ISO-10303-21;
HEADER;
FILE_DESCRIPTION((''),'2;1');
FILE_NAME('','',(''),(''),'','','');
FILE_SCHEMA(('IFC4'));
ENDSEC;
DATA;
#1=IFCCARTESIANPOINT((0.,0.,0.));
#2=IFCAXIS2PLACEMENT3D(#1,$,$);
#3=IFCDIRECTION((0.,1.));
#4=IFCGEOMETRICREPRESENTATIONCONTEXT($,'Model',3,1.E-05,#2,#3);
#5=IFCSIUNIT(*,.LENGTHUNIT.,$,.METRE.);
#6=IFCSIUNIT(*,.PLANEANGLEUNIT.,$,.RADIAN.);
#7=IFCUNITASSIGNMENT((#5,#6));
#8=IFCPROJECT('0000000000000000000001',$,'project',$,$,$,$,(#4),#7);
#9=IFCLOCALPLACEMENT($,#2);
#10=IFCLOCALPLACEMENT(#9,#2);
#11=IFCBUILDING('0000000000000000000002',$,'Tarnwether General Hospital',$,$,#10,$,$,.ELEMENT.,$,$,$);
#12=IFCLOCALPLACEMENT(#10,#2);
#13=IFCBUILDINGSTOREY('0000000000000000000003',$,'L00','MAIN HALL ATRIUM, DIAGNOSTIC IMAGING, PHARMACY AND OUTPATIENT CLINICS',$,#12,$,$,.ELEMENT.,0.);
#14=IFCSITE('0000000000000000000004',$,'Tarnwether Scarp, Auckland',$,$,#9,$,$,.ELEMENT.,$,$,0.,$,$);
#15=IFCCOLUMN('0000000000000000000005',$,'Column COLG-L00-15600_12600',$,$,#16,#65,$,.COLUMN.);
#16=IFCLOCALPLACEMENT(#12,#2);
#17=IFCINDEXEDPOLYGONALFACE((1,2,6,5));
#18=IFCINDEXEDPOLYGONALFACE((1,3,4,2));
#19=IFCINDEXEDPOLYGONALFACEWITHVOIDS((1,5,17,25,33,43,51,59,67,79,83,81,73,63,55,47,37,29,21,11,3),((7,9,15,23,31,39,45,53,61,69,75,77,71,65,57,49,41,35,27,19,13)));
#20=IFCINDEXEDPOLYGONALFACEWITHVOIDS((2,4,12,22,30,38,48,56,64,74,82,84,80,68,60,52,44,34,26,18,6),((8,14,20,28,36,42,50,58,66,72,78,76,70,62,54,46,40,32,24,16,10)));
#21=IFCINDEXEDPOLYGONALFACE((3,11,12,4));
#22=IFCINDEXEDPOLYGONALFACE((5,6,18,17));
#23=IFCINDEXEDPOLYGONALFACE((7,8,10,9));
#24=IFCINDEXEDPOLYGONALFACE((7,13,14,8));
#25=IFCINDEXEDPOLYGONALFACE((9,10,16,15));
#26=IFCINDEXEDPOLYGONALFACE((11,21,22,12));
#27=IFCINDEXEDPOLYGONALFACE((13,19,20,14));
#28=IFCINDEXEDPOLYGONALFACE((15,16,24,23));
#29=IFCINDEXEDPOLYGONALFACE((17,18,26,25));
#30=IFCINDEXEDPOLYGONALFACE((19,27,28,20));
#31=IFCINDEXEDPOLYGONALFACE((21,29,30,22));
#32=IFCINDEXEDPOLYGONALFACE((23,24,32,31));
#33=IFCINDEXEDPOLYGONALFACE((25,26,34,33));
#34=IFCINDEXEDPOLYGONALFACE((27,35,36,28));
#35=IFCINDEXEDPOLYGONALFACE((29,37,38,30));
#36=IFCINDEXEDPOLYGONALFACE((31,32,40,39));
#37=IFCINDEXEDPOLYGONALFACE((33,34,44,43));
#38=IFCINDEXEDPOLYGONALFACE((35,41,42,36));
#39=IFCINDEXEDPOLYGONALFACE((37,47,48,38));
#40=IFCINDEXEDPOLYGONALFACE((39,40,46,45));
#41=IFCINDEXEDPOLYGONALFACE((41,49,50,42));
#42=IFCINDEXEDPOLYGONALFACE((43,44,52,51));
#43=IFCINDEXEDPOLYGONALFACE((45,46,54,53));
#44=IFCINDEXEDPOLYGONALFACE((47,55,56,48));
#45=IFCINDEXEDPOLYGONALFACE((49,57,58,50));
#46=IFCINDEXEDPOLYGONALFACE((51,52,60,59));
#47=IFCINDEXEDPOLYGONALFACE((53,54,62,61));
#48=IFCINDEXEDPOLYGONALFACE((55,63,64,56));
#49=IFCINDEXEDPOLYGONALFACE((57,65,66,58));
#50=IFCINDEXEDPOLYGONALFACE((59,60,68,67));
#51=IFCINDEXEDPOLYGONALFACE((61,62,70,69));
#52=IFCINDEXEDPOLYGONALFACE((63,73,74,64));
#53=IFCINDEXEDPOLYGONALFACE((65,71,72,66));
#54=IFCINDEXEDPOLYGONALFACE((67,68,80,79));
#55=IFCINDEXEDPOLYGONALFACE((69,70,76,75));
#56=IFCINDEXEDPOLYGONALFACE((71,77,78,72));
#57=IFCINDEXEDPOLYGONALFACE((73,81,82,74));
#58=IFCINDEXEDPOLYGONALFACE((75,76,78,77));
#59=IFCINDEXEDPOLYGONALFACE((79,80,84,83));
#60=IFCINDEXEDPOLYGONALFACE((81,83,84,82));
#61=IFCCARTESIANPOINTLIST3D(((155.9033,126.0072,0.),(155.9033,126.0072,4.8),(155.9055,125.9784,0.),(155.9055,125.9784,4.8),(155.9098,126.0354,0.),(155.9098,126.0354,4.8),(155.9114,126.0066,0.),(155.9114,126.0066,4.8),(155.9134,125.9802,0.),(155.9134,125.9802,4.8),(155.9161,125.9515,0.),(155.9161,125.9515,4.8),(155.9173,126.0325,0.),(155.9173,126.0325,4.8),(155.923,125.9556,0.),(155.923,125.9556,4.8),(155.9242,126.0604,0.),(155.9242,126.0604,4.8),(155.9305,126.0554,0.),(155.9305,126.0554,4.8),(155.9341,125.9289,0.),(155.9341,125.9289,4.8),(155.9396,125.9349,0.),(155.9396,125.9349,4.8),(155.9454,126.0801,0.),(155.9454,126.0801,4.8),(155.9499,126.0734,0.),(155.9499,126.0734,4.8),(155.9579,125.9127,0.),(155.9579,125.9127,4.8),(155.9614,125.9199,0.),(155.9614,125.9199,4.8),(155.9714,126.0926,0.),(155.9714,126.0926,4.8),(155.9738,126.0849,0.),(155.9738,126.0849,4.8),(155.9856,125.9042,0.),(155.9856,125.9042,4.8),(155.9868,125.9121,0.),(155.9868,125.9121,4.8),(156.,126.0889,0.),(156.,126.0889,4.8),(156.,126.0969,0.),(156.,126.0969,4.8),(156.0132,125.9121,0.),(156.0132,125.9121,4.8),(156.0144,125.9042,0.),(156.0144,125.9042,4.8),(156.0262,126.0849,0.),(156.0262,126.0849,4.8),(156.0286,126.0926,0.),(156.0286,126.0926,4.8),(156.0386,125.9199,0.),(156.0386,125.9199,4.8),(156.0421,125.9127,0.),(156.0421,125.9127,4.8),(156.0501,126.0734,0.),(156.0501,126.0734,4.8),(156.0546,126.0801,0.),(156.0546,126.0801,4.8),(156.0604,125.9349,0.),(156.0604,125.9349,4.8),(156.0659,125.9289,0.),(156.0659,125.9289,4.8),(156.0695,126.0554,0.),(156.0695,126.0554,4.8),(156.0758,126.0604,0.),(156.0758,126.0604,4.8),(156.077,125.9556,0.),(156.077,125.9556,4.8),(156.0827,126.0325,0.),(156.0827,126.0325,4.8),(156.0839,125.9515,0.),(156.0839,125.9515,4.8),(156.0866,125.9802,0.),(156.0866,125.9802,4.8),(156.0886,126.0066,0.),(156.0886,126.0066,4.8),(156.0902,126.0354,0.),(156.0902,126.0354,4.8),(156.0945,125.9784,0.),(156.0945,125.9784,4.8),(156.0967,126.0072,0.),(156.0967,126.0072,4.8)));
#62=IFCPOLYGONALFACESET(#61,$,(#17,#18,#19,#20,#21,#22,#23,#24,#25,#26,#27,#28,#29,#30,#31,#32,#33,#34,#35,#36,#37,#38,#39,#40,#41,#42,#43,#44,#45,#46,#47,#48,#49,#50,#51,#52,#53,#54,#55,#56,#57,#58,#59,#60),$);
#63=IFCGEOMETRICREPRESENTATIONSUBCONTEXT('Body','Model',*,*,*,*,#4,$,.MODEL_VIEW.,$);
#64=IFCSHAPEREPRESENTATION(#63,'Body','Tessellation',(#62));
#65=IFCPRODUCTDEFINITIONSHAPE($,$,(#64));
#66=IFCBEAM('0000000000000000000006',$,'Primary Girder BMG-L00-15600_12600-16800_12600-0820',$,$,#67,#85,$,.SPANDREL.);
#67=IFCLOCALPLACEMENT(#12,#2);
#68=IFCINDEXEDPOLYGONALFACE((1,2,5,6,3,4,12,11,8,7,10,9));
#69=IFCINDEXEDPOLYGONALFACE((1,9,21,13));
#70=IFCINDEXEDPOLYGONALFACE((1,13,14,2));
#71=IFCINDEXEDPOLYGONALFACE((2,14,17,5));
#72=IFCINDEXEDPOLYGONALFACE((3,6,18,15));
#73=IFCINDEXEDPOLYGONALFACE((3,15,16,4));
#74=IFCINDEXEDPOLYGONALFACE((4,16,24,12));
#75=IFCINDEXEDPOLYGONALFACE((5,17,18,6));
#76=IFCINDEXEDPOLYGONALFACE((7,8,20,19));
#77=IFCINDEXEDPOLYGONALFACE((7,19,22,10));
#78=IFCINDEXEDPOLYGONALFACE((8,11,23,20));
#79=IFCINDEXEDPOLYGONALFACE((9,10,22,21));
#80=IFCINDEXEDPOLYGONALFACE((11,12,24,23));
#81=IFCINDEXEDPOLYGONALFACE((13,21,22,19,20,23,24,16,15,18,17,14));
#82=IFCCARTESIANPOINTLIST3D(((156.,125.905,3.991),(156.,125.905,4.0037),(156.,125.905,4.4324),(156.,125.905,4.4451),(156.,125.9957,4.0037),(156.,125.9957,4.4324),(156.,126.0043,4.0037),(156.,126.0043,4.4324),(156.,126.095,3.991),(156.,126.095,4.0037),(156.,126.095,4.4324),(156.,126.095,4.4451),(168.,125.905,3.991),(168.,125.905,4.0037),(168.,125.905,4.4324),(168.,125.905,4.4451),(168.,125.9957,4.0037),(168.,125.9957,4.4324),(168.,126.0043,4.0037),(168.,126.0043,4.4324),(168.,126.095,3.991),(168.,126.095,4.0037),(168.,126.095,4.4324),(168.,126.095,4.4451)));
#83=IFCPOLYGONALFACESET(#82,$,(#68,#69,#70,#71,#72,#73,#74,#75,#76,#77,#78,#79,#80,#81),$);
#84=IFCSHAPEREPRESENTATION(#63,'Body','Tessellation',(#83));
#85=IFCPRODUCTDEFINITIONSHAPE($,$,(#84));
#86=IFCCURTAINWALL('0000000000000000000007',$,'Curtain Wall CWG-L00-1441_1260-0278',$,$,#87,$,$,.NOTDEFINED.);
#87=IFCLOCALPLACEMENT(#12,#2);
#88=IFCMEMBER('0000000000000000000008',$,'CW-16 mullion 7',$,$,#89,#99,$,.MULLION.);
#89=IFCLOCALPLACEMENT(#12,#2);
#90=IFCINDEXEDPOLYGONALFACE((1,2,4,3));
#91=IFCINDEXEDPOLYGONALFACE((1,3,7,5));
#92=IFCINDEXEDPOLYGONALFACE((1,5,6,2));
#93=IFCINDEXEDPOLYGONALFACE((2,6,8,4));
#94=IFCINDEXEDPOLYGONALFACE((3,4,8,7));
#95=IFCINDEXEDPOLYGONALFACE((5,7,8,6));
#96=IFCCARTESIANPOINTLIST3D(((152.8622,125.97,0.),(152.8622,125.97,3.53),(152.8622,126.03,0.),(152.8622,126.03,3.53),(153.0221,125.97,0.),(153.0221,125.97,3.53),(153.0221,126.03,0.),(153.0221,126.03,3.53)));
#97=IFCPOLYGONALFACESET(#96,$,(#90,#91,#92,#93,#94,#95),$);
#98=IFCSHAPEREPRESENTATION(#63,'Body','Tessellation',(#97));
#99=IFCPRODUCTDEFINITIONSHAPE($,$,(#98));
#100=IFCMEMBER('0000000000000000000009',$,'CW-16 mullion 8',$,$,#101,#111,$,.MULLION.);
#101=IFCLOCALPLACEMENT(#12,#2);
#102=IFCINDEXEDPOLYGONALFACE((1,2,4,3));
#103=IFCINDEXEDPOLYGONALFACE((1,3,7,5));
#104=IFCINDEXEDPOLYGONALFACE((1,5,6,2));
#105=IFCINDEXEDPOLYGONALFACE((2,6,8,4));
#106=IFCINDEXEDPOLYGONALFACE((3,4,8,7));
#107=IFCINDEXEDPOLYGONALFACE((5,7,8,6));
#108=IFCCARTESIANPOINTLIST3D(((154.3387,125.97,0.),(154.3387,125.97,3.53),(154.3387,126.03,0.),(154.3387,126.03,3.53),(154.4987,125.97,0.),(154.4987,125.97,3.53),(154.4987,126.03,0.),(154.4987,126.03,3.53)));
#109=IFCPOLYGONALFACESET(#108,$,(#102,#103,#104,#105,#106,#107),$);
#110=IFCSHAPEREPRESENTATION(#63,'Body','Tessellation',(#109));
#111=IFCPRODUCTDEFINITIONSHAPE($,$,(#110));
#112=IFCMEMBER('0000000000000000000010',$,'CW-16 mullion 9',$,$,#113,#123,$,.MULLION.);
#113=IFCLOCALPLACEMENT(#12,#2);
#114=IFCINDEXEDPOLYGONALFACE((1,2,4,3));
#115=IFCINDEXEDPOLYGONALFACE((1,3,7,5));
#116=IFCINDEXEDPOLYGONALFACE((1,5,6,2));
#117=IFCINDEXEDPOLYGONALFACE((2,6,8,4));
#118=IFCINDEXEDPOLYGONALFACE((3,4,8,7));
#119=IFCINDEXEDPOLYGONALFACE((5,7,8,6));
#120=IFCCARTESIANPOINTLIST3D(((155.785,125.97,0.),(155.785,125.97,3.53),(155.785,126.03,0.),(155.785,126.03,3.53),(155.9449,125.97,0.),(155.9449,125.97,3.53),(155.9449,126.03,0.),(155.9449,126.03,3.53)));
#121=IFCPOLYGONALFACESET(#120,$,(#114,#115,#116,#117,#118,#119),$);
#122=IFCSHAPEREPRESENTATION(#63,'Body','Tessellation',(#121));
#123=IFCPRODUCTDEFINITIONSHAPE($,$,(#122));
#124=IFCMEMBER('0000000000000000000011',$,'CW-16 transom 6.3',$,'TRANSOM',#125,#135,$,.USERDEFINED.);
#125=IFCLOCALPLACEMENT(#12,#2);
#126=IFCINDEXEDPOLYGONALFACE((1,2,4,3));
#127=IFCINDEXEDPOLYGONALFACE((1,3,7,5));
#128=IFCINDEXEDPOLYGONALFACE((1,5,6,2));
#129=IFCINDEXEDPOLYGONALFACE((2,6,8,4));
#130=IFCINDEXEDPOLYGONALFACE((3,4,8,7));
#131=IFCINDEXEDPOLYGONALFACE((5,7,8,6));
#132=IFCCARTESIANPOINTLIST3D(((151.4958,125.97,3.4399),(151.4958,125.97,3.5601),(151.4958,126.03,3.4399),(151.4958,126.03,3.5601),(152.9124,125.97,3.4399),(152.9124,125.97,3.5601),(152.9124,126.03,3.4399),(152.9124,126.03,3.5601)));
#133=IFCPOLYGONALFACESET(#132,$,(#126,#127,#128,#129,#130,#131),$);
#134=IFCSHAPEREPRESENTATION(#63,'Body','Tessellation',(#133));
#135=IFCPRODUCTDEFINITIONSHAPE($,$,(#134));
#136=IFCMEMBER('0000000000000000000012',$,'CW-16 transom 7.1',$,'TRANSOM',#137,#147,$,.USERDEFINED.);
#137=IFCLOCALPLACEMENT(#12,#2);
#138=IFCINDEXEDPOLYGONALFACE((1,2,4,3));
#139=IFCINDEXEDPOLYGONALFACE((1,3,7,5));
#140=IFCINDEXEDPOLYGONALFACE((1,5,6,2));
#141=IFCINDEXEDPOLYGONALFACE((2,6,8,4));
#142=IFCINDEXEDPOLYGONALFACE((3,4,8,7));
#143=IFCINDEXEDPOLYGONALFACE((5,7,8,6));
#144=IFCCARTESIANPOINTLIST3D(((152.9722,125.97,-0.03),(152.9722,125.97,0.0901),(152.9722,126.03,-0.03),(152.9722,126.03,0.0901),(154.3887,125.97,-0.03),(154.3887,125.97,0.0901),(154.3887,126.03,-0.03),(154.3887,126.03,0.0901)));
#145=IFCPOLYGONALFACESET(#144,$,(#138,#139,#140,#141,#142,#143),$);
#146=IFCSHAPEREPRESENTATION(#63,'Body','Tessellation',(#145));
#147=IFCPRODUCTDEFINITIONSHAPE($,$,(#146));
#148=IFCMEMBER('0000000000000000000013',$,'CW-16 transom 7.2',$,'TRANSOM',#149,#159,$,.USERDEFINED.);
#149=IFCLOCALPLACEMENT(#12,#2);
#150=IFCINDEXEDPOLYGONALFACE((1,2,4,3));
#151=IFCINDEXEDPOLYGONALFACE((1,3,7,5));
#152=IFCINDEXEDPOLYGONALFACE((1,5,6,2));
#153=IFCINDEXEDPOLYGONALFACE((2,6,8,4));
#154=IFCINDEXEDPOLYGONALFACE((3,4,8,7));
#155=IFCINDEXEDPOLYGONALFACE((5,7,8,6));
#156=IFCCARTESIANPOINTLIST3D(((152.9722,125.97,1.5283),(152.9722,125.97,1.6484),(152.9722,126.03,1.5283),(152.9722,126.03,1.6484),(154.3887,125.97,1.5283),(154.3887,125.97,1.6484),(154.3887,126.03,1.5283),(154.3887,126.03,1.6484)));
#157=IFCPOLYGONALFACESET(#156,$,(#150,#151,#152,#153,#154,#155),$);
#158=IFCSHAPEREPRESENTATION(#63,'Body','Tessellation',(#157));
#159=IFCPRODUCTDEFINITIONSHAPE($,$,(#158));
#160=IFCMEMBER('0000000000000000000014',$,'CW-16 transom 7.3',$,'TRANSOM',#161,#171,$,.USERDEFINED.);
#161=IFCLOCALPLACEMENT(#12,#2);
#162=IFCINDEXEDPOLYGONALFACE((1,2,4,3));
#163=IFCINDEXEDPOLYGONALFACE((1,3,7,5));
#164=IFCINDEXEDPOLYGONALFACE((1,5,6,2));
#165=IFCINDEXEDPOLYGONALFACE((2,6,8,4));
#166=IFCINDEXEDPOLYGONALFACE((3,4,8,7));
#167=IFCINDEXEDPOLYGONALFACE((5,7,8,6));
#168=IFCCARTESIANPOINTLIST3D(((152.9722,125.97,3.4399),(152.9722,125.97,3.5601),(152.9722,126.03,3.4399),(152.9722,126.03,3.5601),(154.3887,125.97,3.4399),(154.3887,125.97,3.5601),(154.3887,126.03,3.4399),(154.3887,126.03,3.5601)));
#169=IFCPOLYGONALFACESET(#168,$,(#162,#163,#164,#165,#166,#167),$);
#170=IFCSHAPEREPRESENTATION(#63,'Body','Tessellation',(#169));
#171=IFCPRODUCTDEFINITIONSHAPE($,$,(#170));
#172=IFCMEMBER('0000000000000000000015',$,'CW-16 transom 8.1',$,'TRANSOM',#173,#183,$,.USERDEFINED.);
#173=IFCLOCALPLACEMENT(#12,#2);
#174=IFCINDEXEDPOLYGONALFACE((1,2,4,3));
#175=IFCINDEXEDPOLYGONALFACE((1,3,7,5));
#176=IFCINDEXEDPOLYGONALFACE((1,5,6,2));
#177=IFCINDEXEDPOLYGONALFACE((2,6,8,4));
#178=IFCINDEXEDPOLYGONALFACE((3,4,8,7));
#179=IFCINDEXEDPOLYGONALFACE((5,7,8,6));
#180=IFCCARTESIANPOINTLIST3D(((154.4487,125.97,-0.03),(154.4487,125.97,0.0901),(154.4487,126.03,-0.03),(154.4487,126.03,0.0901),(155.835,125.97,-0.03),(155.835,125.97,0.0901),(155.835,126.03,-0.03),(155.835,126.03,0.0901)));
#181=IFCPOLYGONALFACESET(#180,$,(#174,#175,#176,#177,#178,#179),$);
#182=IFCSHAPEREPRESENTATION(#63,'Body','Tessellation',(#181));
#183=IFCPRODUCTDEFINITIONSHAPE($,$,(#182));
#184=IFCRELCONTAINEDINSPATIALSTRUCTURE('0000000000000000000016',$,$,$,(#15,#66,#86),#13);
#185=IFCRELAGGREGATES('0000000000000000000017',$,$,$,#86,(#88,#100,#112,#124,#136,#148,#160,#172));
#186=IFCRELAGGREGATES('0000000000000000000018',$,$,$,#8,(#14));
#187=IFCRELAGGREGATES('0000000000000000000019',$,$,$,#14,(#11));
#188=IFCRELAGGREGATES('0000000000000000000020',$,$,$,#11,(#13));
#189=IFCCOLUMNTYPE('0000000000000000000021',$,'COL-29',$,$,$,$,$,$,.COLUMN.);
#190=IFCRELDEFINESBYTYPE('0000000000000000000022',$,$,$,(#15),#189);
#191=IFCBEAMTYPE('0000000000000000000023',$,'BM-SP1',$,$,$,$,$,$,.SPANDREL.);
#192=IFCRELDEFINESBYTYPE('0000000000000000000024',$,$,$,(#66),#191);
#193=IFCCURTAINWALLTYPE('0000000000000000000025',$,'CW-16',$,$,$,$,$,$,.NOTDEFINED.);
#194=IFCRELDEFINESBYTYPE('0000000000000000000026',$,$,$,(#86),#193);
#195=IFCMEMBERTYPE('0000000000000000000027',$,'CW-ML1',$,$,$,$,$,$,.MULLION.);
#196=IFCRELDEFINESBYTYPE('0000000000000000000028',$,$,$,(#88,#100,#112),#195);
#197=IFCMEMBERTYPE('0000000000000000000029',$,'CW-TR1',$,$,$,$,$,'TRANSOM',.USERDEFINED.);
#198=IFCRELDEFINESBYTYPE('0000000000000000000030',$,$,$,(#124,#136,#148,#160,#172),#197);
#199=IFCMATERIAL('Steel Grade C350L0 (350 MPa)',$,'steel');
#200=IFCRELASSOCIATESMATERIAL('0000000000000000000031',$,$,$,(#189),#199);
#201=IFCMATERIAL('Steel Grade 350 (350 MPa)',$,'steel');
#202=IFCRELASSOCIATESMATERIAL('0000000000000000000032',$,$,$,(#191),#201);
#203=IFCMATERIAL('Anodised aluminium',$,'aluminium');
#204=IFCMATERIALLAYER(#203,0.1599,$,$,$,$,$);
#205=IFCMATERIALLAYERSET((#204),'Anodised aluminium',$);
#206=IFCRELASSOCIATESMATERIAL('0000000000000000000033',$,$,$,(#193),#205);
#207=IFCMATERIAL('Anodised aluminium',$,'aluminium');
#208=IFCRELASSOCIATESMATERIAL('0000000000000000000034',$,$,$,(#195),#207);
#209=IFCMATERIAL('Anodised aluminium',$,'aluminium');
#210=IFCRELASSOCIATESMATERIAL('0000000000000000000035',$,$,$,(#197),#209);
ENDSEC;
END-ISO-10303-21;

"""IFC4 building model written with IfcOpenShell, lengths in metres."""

from ifc_helpers import new_model, si_unit, direction, frame, origin, origin_2d, place, context, subcontext, project, spatial, rectangle, hollow_circle, i_section, extrude, material, layer, layer_set, material_profile, profile_set, type_object, element, aggregate, save


model = new_model("IFC4")

# Units and contexts
model_context = context("Model", 3, precision=1e-05, world=origin(), true_north=direction((0.0, 1.0)))
body_context = subcontext(model_context, "Body", "Model", "MODEL_VIEW")
ifc_project = project(units=[si_unit("LENGTHUNIT", "METRE"), si_unit("PLANEANGLEUNIT", "RADIAN")], contexts=[model_context])

# Site, building, storey
site_placement = place(None, origin())
site = spatial("IfcSite", under=ifc_project, at=site_placement, Name="Tarnwether Scarp, Auckland", CompositionType="ELEMENT", RefElevation=0.0)
building_placement = place(site_placement, origin())
building = spatial("IfcBuilding", under=site, at=building_placement, Name="Tarnwether General Hospital", CompositionType="ELEMENT")
storey_placement = place(building_placement, origin())
storey = spatial("IfcBuildingStorey", under=building, at=storey_placement, Name="L00", Description="MAIN HALL ATRIUM, DIAGNOSTIC IMAGING, PHARMACY AND OUTPATIENT CLINICS", CompositionType="ELEMENT", Elevation=0.0)

# Column
ifc_material_1 = material(Name="Steel Grade C350L0 (350 MPa)", Category="steel")
ifc_material_profile_1 = material_profile(ifc_material_1, hollow_circle(Radius=0.0969, WallThickness=0.0081, at=origin_2d()), Name="CHS193.7x8.0")
ifc_profile_set_1 = profile_set([ifc_material_profile_1], Name="Steel Grade C350L0 (350 MPa)")
column_type = type_object("IfcColumnType", Name="COL-29", PredefinedType="COLUMN", material=ifc_profile_set_1)
column_placement = place(storey_placement, frame((156.0, 126.0, 0.0), z_axis=(0.0, 0.0, 1.0), x_axis=(0.0, 1.0, 0.0)))
element("IfcColumn", 1, at=column_placement, inside=storey, type_object=column_type, Name="Column COLG-L00-15600_12600", PredefinedType="COLUMN", context=body_context, shape_type="SweptSolid", body=[
    extrude(hollow_circle(Radius=0.0969, WallThickness=0.0081, at=origin_2d()), origin(), (0.0, 0.0, 1.0), 4.8),
])

# Beam
ifc_material_2 = material(Name="Steel Grade 350 (350 MPa)", Category="steel")
ifc_material_profile_2 = material_profile(ifc_material_2, i_section(OverallWidth=0.1899, OverallDepth=0.4541, WebThickness=0.0085, FlangeThickness=0.0127, at=origin_2d()), Name="460UB67.1")
ifc_profile_set_2 = profile_set([ifc_material_profile_2], Name="Steel Grade 350 (350 MPa)")
beam_type = type_object("IfcBeamType", Name="BM-SP1", PredefinedType="SPANDREL", material=ifc_profile_set_2)
beam_placement = place(storey_placement, frame((156.0, 126.0, 4.218), z_axis=(1.0, 0.0, 0.0), x_axis=(0.0, 1.0, 0.0)))
element("IfcBeam", 2, at=beam_placement, inside=storey, type_object=beam_type, Name="Primary Girder BMG-L00-15600_12600-16800_12600-0820", PredefinedType="SPANDREL", context=body_context, shape_type="SweptSolid", body=[
    extrude(i_section(OverallWidth=0.1899, OverallDepth=0.4541, WebThickness=0.0085, FlangeThickness=0.0127, at=origin_2d()), origin(), (0.0, 0.0, 1.0), 12.0),
])

# Curtain wall, members
ifc_material_3 = material(Name="Anodised aluminium", Category="aluminium")
ifc_layer_1 = layer(ifc_material_3, 0.1599)
ifc_layer_set_1 = layer_set([ifc_layer_1], Name="Anodised aluminium")
curtain_wall_type = type_object("IfcCurtainWallType", Name="CW-16", PredefinedType="NOTDEFINED", material=ifc_layer_set_1)
curtain_wall_placement = place(storey_placement, origin())
curtain_wall = element("IfcCurtainWall", 3, at=curtain_wall_placement, inside=storey, type_object=curtain_wall_type, Name="Curtain Wall CWG-L00-1441_1260-0278", PredefinedType="NOTDEFINED")
ifc_material_4 = material(Name="Anodised aluminium", Category="aluminium")
ifc_material_profile_3 = material_profile(ifc_material_4, rectangle(XDim=0.0601, YDim=0.1599, at=origin_2d()), Name="ALU-MUL-60x160")
ifc_profile_set_3 = profile_set([ifc_material_profile_3], Name="Anodised aluminium")
member_type_1 = type_object("IfcMemberType", Name="CW-ML1", PredefinedType="MULLION", material=ifc_profile_set_3)
member_1_placement = place(storey_placement, frame((152.9421, 126.0, 0.0), z_axis=(0.0, 0.0, 1.0), x_axis=(0.0, 1.0, 0.0)))
member_1 = element("IfcMember", 4, at=member_1_placement, type_object=member_type_1, Name="CW-16 mullion 7", PredefinedType="MULLION", context=body_context, shape_type="SweptSolid", body=[
    extrude(rectangle(XDim=0.0601, YDim=0.1599, at=origin_2d()), origin(), (0.0, 0.0, 1.0), 3.53),
])
member_2_placement = place(storey_placement, frame((154.4187, 126.0, 0.0), z_axis=(0.0, 0.0, 1.0), x_axis=(0.0, 1.0, 0.0)))
member_2 = element("IfcMember", 5, at=member_2_placement, type_object=member_type_1, Name="CW-16 mullion 8", PredefinedType="MULLION", context=body_context, shape_type="SweptSolid", body=[
    extrude(rectangle(XDim=0.0601, YDim=0.1599, at=origin_2d()), origin(), (0.0, 0.0, 1.0), 3.53),
])
member_3_placement = place(storey_placement, frame((155.865, 126.0, 0.0), z_axis=(0.0, 0.0, 1.0), x_axis=(0.0, 1.0, 0.0)))
member_3 = element("IfcMember", 6, at=member_3_placement, type_object=member_type_1, Name="CW-16 mullion 9", PredefinedType="MULLION", context=body_context, shape_type="SweptSolid", body=[
    extrude(rectangle(XDim=0.0601, YDim=0.1599, at=origin_2d()), origin(), (0.0, 0.0, 1.0), 3.53),
])
ifc_material_5 = material(Name="Anodised aluminium", Category="aluminium")
ifc_material_profile_4 = material_profile(ifc_material_5, rectangle(XDim=0.0601, YDim=0.1201, at=origin_2d()), Name="ALU-TRN-60x120")
ifc_profile_set_4 = profile_set([ifc_material_profile_4], Name="Anodised aluminium")
member_type_2 = type_object("IfcMemberType", Name="CW-TR1", ElementType="TRANSOM", PredefinedType="USERDEFINED", material=ifc_profile_set_4)
member_4_placement = place(storey_placement, frame((151.4958, 126.0, 3.5), z_axis=(1.0, 0.0, 0.0), x_axis=(0.0, 1.0, 0.0)))
member_4 = element("IfcMember", 7, at=member_4_placement, type_object=member_type_2, Name="CW-16 transom 6.3", ObjectType="TRANSOM", PredefinedType="USERDEFINED", context=body_context, shape_type="SweptSolid", body=[
    extrude(rectangle(XDim=0.0601, YDim=0.1201, at=origin_2d()), origin(), (0.0, 0.0, 1.0), 1.4165),
])
member_5_placement = place(storey_placement, frame((152.9722, 126.0, 0.03), z_axis=(1.0, 0.0, 0.0), x_axis=(0.0, 1.0, 0.0)))
member_5 = element("IfcMember", 8, at=member_5_placement, type_object=member_type_2, Name="CW-16 transom 7.1", ObjectType="TRANSOM", PredefinedType="USERDEFINED", context=body_context, shape_type="SweptSolid", body=[
    extrude(rectangle(XDim=0.0601, YDim=0.1201, at=origin_2d()), origin(), (0.0, 0.0, 1.0), 1.4165),
])
member_6_placement = place(storey_placement, frame((152.9722, 126.0, 1.5884), z_axis=(1.0, 0.0, 0.0), x_axis=(0.0, 1.0, 0.0)))
member_6 = element("IfcMember", 9, at=member_6_placement, type_object=member_type_2, Name="CW-16 transom 7.2", ObjectType="TRANSOM", PredefinedType="USERDEFINED", context=body_context, shape_type="SweptSolid", body=[
    extrude(rectangle(XDim=0.0601, YDim=0.1201, at=origin_2d()), origin(), (0.0, 0.0, 1.0), 1.4165),
])
member_7_placement = place(storey_placement, frame((152.9722, 126.0, 3.5), z_axis=(1.0, 0.0, 0.0), x_axis=(0.0, 1.0, 0.0)))
member_7 = element("IfcMember", 10, at=member_7_placement, type_object=member_type_2, Name="CW-16 transom 7.3", ObjectType="TRANSOM", PredefinedType="USERDEFINED", context=body_context, shape_type="SweptSolid", body=[
    extrude(rectangle(XDim=0.0601, YDim=0.1201, at=origin_2d()), origin(), (0.0, 0.0, 1.0), 1.4165),
])
member_8_placement = place(storey_placement, frame((154.4487, 126.0, 0.03), z_axis=(1.0, 0.0, 0.0), x_axis=(0.0, 1.0, 0.0)))
member_8 = element("IfcMember", 11, at=member_8_placement, type_object=member_type_2, Name="CW-16 transom 8.1", ObjectType="TRANSOM", PredefinedType="USERDEFINED", context=body_context, shape_type="SweptSolid", body=[
    extrude(rectangle(XDim=0.0601, YDim=0.1201, at=origin_2d()), origin(), (0.0, 0.0, 1.0), 1.3862),
])
aggregate(curtain_wall, [member_1, member_2, member_3, member_4, member_5, member_6, member_7, member_8])

save(model, "model.ifc")
